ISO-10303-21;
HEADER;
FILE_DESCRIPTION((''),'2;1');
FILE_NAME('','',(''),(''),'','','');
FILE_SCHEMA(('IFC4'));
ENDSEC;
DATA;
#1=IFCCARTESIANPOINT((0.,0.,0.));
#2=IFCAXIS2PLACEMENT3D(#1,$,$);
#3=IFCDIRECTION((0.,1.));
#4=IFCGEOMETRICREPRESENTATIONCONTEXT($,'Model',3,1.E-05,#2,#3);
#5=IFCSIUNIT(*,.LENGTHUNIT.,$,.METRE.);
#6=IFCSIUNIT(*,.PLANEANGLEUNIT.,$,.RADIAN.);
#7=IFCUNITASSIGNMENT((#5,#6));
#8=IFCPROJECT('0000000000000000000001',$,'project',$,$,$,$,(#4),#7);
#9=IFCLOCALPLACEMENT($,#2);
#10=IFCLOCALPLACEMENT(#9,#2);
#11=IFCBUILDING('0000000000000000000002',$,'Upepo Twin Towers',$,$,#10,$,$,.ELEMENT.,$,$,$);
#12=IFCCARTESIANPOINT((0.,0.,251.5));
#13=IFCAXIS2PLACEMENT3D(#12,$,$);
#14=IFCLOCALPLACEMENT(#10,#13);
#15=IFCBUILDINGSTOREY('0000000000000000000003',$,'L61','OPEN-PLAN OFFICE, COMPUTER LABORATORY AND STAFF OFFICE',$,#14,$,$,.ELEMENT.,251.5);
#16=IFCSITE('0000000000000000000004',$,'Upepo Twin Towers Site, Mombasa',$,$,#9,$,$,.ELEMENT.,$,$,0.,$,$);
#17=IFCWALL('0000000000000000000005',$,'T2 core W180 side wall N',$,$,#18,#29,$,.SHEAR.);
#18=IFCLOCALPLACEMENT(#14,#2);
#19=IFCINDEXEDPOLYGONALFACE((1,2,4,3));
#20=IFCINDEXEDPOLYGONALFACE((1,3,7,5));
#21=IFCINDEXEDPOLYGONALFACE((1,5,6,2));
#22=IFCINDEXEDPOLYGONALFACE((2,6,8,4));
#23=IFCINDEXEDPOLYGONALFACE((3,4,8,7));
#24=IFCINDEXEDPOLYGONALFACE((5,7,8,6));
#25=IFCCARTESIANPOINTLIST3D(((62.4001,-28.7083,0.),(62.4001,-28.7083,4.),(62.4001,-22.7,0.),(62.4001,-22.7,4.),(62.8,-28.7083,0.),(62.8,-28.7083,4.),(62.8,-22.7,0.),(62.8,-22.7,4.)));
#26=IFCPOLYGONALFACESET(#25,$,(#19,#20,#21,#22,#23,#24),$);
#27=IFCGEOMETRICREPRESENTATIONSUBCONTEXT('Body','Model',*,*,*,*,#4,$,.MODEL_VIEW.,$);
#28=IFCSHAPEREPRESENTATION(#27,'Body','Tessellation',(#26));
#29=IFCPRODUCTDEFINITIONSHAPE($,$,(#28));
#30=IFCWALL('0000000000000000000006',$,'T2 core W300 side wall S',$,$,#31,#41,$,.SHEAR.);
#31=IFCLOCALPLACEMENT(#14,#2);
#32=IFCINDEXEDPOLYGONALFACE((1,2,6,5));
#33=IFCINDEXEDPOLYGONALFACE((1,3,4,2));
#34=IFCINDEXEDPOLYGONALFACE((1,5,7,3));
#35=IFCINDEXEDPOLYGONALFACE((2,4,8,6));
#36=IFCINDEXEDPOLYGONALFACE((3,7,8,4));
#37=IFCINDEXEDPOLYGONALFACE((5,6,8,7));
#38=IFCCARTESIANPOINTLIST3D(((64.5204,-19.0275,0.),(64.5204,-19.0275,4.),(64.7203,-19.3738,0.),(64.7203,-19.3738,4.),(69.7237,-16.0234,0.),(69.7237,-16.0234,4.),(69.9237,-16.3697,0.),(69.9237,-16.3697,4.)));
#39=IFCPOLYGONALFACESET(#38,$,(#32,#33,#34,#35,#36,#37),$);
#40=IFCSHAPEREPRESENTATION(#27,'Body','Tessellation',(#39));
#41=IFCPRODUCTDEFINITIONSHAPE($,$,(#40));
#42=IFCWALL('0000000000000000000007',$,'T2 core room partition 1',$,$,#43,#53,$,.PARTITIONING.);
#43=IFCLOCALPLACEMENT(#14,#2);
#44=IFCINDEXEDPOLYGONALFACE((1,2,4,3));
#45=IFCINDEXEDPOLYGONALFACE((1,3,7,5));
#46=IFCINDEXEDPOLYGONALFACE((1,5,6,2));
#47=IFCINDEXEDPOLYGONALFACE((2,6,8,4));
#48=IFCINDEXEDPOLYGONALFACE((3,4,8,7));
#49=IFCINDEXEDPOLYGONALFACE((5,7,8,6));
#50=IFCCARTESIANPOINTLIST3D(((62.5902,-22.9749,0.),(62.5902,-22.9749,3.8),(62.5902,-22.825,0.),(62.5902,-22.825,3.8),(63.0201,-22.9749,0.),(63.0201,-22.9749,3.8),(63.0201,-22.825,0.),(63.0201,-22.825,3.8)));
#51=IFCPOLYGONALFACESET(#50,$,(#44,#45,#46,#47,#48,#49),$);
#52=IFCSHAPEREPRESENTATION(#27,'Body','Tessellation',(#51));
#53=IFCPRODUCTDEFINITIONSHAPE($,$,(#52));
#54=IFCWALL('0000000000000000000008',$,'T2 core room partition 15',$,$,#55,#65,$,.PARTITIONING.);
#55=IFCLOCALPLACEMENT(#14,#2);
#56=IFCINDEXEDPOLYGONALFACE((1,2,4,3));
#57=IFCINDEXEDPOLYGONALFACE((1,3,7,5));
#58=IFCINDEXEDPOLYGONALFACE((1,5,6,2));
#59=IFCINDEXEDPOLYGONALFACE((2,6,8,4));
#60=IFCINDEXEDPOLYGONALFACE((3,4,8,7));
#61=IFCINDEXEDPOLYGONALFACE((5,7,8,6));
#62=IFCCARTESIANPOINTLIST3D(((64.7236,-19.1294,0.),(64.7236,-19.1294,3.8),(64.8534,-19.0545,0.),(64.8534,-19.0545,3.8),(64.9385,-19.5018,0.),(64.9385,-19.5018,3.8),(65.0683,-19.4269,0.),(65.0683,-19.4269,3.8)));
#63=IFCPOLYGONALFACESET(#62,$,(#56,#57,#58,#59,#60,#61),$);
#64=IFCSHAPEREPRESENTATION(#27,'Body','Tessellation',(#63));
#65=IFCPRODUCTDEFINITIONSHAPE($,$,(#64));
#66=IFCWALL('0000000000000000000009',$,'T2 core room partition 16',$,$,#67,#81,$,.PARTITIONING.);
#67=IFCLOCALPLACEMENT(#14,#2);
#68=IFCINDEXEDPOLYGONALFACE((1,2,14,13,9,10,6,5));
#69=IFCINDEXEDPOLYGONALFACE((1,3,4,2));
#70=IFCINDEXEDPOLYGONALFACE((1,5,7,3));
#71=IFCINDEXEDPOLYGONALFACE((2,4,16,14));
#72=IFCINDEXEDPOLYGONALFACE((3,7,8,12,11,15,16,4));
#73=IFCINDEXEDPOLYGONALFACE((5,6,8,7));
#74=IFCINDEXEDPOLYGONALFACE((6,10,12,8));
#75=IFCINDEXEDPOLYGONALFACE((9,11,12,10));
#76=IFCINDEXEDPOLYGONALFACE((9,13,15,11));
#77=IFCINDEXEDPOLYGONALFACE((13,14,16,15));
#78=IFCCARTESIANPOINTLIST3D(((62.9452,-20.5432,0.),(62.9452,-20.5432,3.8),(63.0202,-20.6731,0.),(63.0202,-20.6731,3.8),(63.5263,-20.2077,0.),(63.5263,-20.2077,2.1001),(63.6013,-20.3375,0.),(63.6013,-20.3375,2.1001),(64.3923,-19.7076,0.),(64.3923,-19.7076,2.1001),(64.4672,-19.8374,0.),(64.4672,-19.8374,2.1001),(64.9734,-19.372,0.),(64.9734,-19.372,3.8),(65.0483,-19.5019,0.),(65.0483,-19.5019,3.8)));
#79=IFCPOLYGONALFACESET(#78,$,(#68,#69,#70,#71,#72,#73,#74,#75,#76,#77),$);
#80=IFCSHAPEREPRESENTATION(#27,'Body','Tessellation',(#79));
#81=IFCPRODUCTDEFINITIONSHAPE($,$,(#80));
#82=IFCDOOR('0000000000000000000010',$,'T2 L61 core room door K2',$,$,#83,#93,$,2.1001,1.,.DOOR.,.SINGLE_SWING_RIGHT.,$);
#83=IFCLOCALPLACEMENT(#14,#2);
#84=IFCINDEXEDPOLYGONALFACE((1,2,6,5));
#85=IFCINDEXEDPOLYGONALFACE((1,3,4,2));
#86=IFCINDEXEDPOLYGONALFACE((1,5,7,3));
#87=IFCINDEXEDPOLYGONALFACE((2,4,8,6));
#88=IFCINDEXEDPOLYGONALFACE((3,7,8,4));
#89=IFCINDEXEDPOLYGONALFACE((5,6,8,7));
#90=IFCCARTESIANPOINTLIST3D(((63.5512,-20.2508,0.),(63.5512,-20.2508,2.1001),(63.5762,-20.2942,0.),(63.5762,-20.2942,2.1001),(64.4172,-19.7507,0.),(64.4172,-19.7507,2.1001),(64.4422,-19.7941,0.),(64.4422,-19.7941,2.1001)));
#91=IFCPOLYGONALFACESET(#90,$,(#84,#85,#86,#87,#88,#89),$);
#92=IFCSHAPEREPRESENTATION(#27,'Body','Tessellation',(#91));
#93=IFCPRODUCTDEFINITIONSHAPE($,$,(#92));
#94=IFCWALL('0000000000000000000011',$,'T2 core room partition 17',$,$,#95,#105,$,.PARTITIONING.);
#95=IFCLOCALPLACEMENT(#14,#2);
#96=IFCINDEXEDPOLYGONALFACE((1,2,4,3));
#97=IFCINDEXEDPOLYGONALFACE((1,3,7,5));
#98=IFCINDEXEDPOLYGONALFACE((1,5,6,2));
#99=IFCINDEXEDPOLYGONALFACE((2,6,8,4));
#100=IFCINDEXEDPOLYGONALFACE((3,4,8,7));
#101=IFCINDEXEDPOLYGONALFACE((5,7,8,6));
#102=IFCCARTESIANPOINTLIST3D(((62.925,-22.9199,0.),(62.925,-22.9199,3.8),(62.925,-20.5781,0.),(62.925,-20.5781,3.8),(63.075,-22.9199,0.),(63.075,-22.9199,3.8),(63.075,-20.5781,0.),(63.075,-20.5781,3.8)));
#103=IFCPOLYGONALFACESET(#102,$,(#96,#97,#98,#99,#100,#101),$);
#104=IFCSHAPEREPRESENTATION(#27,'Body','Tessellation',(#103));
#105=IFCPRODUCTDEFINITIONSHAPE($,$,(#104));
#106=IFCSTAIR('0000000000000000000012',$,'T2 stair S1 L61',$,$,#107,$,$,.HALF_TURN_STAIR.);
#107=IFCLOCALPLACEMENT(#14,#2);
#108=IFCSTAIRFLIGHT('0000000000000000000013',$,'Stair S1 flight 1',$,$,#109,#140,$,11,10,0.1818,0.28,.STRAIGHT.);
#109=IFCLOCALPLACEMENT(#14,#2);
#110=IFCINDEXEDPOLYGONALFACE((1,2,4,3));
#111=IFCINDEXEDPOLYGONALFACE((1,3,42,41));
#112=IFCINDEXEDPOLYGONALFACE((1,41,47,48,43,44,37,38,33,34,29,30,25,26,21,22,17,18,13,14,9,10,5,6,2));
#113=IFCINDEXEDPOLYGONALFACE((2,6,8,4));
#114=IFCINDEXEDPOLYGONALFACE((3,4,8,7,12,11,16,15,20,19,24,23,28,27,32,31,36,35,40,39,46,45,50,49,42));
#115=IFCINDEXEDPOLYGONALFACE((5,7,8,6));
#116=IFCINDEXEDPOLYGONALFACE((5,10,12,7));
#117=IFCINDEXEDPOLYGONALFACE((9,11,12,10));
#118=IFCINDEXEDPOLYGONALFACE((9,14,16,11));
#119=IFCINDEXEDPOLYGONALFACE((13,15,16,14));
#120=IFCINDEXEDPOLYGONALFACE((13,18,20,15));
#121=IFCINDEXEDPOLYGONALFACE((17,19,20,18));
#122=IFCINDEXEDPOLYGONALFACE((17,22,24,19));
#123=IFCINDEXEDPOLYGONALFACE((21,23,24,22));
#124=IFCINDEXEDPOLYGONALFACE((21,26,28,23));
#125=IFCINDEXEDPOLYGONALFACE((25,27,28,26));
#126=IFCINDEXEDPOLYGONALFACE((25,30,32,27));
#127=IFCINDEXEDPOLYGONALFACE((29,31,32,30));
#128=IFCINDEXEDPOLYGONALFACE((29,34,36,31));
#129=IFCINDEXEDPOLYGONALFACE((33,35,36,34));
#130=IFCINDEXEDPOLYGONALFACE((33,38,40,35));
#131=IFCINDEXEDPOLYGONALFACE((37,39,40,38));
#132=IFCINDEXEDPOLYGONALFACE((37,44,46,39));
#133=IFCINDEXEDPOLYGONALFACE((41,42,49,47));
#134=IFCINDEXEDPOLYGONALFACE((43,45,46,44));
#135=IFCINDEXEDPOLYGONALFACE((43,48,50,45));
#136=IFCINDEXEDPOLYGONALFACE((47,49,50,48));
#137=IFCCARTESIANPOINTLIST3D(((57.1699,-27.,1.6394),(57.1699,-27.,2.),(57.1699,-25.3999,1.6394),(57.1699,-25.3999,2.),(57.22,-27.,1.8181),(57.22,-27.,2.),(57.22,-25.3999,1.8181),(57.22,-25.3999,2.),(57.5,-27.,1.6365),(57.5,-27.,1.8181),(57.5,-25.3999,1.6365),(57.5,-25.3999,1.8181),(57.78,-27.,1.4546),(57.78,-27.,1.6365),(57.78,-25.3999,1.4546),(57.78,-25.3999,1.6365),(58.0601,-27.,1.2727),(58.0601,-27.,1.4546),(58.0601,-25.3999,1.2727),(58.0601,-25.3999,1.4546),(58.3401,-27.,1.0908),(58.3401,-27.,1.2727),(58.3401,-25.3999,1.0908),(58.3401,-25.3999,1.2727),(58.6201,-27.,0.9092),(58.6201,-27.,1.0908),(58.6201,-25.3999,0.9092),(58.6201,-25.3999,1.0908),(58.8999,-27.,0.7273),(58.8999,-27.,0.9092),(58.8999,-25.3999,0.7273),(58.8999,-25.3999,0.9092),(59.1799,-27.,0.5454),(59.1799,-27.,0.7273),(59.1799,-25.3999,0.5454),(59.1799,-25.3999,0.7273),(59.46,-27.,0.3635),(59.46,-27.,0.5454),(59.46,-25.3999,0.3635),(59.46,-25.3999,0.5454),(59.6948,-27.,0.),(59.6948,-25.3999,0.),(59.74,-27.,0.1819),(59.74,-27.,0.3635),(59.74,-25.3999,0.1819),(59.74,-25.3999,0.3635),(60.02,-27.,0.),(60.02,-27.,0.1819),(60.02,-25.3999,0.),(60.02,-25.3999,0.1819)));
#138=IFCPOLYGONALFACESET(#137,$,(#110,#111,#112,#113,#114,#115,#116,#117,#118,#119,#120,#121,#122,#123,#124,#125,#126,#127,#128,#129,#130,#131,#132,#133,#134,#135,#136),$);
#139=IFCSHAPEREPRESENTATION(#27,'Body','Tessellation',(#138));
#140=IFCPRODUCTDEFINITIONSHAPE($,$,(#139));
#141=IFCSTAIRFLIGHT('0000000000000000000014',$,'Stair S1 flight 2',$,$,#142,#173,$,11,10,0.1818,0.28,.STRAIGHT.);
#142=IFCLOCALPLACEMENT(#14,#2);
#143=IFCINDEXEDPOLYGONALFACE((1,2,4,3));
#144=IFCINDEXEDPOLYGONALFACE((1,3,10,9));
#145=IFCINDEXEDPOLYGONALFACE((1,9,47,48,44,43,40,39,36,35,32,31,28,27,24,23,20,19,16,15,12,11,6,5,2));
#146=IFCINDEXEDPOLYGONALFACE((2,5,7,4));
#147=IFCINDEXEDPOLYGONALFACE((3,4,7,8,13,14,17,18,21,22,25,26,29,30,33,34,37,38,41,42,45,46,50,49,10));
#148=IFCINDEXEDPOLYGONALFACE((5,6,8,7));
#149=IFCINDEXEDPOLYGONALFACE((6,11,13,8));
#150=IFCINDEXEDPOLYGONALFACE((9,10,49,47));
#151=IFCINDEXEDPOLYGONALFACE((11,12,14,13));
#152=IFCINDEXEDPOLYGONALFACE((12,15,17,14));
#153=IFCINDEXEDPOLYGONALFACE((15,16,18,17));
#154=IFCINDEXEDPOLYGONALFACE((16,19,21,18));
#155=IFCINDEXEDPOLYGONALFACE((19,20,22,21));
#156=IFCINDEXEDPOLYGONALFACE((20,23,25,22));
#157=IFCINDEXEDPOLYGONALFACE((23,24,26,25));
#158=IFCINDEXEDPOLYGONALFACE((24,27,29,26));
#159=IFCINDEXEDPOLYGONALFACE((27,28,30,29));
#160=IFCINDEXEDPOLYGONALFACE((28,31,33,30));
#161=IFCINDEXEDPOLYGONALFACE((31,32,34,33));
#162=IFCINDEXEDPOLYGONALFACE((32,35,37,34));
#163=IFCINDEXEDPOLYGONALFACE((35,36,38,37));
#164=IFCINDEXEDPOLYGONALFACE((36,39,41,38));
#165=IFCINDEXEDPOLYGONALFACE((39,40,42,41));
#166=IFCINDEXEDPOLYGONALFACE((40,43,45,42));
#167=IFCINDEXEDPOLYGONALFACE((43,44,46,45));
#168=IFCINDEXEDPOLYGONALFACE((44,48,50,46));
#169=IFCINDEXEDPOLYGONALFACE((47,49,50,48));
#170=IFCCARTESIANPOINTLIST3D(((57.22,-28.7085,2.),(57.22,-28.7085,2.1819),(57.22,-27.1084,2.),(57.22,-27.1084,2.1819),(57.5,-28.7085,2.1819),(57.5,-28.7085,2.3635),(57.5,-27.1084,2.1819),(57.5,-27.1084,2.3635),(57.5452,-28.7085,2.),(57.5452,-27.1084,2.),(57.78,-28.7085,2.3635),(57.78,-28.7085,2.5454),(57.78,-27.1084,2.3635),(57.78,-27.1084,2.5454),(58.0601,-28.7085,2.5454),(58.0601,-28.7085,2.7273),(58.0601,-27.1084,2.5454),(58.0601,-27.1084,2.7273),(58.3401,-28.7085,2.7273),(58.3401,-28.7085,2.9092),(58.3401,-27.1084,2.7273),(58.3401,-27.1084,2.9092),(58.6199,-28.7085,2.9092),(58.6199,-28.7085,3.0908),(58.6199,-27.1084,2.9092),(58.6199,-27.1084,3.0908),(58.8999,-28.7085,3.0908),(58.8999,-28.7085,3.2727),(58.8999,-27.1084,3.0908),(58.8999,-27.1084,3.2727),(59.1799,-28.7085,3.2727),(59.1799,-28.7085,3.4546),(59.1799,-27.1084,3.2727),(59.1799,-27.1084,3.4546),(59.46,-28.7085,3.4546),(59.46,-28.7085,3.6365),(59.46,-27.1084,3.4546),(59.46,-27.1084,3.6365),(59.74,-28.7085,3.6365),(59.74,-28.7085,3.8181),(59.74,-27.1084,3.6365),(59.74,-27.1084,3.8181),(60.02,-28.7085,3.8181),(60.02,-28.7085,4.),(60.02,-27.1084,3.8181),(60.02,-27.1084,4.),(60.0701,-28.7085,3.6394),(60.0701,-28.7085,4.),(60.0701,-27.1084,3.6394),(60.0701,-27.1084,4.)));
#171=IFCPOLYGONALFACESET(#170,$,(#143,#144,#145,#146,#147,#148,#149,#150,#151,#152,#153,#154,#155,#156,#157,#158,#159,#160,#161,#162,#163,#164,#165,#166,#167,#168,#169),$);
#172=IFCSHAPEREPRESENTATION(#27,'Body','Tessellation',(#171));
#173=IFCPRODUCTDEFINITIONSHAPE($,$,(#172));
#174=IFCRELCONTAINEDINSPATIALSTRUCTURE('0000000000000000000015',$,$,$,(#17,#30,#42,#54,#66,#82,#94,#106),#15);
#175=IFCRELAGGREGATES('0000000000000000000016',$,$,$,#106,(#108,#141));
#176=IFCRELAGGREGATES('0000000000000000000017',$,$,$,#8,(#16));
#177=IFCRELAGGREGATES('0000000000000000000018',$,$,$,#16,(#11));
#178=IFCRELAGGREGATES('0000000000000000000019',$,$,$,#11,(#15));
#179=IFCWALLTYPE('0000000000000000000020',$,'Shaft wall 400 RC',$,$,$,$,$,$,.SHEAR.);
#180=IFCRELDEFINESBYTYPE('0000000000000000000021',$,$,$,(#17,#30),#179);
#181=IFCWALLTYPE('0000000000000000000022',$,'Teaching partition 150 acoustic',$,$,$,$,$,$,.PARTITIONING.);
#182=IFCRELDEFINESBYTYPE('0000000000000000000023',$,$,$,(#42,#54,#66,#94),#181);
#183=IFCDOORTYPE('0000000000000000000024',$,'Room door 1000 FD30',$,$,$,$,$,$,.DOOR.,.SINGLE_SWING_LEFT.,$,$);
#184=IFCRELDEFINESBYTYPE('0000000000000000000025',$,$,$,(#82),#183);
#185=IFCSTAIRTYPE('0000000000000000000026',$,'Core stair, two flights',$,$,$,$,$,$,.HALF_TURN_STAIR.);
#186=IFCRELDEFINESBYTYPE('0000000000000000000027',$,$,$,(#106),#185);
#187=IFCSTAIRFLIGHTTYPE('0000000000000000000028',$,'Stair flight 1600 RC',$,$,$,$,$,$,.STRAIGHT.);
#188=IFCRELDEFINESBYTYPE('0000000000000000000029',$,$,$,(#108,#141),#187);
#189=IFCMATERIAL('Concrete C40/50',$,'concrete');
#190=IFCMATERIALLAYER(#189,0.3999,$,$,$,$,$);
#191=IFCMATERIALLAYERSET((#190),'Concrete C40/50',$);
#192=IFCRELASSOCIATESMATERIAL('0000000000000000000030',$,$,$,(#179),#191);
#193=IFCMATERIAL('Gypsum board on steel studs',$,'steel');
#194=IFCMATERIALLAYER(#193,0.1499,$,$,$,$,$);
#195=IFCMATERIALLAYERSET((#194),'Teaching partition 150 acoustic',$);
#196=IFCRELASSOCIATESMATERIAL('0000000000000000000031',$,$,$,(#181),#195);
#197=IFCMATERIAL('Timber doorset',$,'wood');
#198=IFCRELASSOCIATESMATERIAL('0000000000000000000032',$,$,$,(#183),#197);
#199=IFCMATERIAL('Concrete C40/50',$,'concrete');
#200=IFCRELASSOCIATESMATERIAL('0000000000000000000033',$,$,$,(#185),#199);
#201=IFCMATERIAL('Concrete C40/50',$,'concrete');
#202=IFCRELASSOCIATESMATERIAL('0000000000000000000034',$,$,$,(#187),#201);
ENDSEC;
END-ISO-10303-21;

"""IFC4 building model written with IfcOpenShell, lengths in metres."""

from ifc_helpers import new_model, si_unit, direction, frame, frame_2d, origin, place, context, subcontext, project, spatial, polyline, rectangle, outline, extrude, material, layer, layer_set, type_object, element, fill, aggregate, save


model = new_model("IFC4")

# Units and contexts
model_context = context("Model", 3, precision=1e-05, world=origin(), true_north=direction((0.0, 1.0)))
body_context = subcontext(model_context, "Body", "Model", "MODEL_VIEW")
ifc_project = project(units=[si_unit("LENGTHUNIT", "METRE"), si_unit("PLANEANGLEUNIT", "RADIAN")], contexts=[model_context])

# Site, building, storey
site_placement = place(None, origin())
site = spatial("IfcSite", under=ifc_project, at=site_placement, Name="Upepo Twin Towers Site, Mombasa", CompositionType="ELEMENT", RefElevation=0.0)
building_placement = place(site_placement, origin())
building = spatial("IfcBuilding", under=site, at=building_placement, Name="Upepo Twin Towers", CompositionType="ELEMENT")
storey_placement = place(building_placement, frame((0.0, 0.0, 251.5)))
storey = spatial("IfcBuildingStorey", under=building, at=storey_placement, Name="L61", Description="OPEN-PLAN OFFICE, COMPUTER LABORATORY AND STAFF OFFICE", CompositionType="ELEMENT", Elevation=251.5)

# Walls
ifc_material_1 = material(Name="Concrete C40/50", Category="concrete")
ifc_layer_1 = layer(ifc_material_1, 0.3999)
ifc_layer_set_1 = layer_set([ifc_layer_1], Name="Concrete C40/50")
wall_type_1 = type_object("IfcWallType", Name="Shaft wall 400 RC", PredefinedType="SHEAR", material=ifc_layer_set_1)
for number, where, z_axis, x_axis, name in (
    (1, (62.6001, -22.7, 0.0), (0.0, 0.0, 1.0), (0.0, -1.0, 0.0), "T2 core W180 side wall N"),
    (2, (64.6204, -19.2007, 0.0), (0.0, 0.0, 1.0), (0.866027, 0.499998, 0.0), "T2 core W300 side wall S"),
):
    element("IfcWall", number, at=place(storey_placement, frame(where, z_axis=z_axis, x_axis=x_axis)), inside=storey, type_object=wall_type_1, Name=name, PredefinedType="SHEAR", context=body_context, shape_type="SweptSolid", body=[
        extrude(rectangle(XDim=6.0083, YDim=0.3999, at=frame_2d((3.0042, 0.0))), origin(), (0.0, 0.0, 1.0), 4.0),
    ])
ifc_material_2 = material(Name="Gypsum board on steel studs", Category="steel")
ifc_layer_2 = layer(ifc_material_2, 0.1499)
ifc_layer_set_2 = layer_set([ifc_layer_2], Name="Teaching partition 150 acoustic")
wall_type_2 = type_object("IfcWallType", Name="Teaching partition 150 acoustic", PredefinedType="PARTITIONING", material=ifc_layer_set_2)
for number, where, z_axis, x_axis, name in (
    (3, (63.02, -22.8999, 0.0), (0.0, 0.0, 1.0), (-1.0, 0.0, 0.0), "T2 core room partition 1"),
    (4, (64.7886, -19.092, 0.0), (0.0, 0.0, 1.0), (0.499804, -0.866138, 0.0), "T2 core room partition 15"),
):
    element("IfcWall", number, at=place(storey_placement, frame(where, z_axis=z_axis, x_axis=x_axis)), inside=storey, type_object=wall_type_2, Name=name, PredefinedType="PARTITIONING", context=body_context, shape_type="SweptSolid", body=[
        extrude(rectangle(XDim=0.4299, YDim=0.1499, at=frame_2d((0.2148, 0.0))), origin(), (0.0, 0.0, 1.0), 3.8),
    ])

# Wall, opening, door
wall_1_placement = place(storey_placement, frame((65.0107, -19.437, 0.0), z_axis=(0.0, 0.0, 1.0), x_axis=(-0.865982, -0.500074, 0.0)))
wall_1 = element("IfcWall", 5, at=wall_1_placement, inside=storey, type_object=wall_type_2, Name="T2 core room partition 16", PredefinedType="PARTITIONING", context=body_context, shape_type="SweptSolid", body=[
    extrude(rectangle(XDim=2.342, YDim=0.1499, at=frame_2d((1.1709, 0.0))), origin(), (0.0, 0.0, 1.0), 3.8),
])
opening_1_placement = place(wall_1_placement, frame((0.6709, 0.0, 0.0)))
opening_1 = element("IfcOpeningElement", 6, at=opening_1_placement, cuts=wall_1, PredefinedType="OPENING", context=body_context, shape_type="SweptSolid", body=[
    extrude(rectangle(XDim=1.0, YDim=2.1001, at=frame_2d((0.5, 1.05))), frame((0.0, 0.085, 0.0), z_axis=(0.0, -1.0, 0.0), x_axis=(1.0, 0.0, 0.0)), (0.0, 0.0, 1.0), 0.1699),
])
ifc_material_3 = material(Name="Timber doorset", Category="wood")
door_type_1 = type_object("IfcDoorType", Name="Room door 1000 FD30", OperationType="SINGLE_SWING_LEFT", PredefinedType="DOOR", material=ifc_material_3)
door_1_placement = place(opening_1_placement, origin())
door_1 = element("IfcDoor", 7, at=door_1_placement, inside=storey, type_object=door_type_1, Name="T2 L61 core room door K2", OperationType="SINGLE_SWING_RIGHT", OverallHeight=2.1001, OverallWidth=1.0, PredefinedType="DOOR", context=body_context, shape_type="SweptSolid", body=[
    extrude(rectangle(XDim=1.0, YDim=2.1001, at=frame_2d((0.5, 1.05))), frame((0.0, 0.0249, 0.0), z_axis=(0.0, -1.0, 0.0), x_axis=(1.0, 0.0, 0.0)), (0.0, 0.0, 1.0), 0.05),
])
fill(opening_1, door_1)

# Wall
wall_2_placement = place(storey_placement, frame((63.0, -20.5781, 0.0), z_axis=(0.0, 0.0, 1.0), x_axis=(0.0, -1.0, 0.0)))
element("IfcWall", 8, at=wall_2_placement, inside=storey, type_object=wall_type_2, Name="T2 core room partition 17", PredefinedType="PARTITIONING", context=body_context, shape_type="SweptSolid", body=[
    extrude(rectangle(XDim=2.3418, YDim=0.1499, at=frame_2d((1.1709, 0.0))), origin(), (0.0, 0.0, 1.0), 3.8),
])

# Stair, stair flights
ifc_material_4 = material(Name="Concrete C40/50", Category="concrete")
stair_type = type_object("IfcStairType", Name="Core stair, two flights", PredefinedType="HALF_TURN_STAIR", material=ifc_material_4)
stair_placement = place(storey_placement, origin())
stair = element("IfcStair", 9, at=stair_placement, inside=storey, type_object=stair_type, Name="T2 stair S1 L61", PredefinedType="HALF_TURN_STAIR")
ifc_material_5 = material(Name="Concrete C40/50", Category="concrete")
stair_flight_type = type_object("IfcStairFlightType", Name="Stair flight 1600 RC", PredefinedType="STRAIGHT", material=ifc_material_5)
stair_flight_1_placement = place(storey_placement, frame((60.02, -26.2, 0.0), z_axis=(0.0, 0.0, 1.0), x_axis=(-1.0, 0.0, 0.0)))
stair_flight_1 = element("IfcStairFlight", 10, at=stair_flight_1_placement, type_object=stair_flight_type, Name="Stair S1 flight 1", NumberOfRisers=11, NumberOfTreads=10, PredefinedType="STRAIGHT", RiserHeight=0.1818, TreadLength=0.28, context=body_context, shape_type="SweptSolid", body=[
    extrude(outline(polyline([(0.0, 0.0), (0.0, 0.1819), (0.28, 0.1819), (0.28, 0.3635), (0.5601, 0.3635), (0.5601, 0.5454), (0.8401, 0.5454), (0.8401, 0.7273), (1.1201, 0.7273), (1.1201, 0.9092), (1.3999, 0.9092), (1.3999, 1.0908), (1.6799, 1.0908), (1.6799, 1.2727), (1.96, 1.2727), (1.96, 1.4546), (2.24, 1.4546), (2.24, 1.6365), (2.52, 1.6365), (2.52, 1.8181), (2.8, 1.8181), (2.8, 2.0), (2.8501, 2.0), (2.8501, 1.6394), (0.3252, 0.0), (0.0, 0.0)])), frame((0.0, 0.8, 0.0), z_axis=(0.0, -1.0, 0.0), x_axis=(1.0, 0.0, 0.0)), (0.0, 0.0, 1.0), 1.6001),
])
stair_flight_2_placement = place(storey_placement, frame((57.22, -27.9084, 2.0), z_axis=(0.0, 0.0, 1.0), x_axis=(1.0, 0.0, 0.0)))
stair_flight_2 = element("IfcStairFlight", 11, at=stair_flight_2_placement, type_object=stair_flight_type, Name="Stair S1 flight 2", NumberOfRisers=11, NumberOfTreads=10, PredefinedType="STRAIGHT", RiserHeight=0.1818, TreadLength=0.28, context=body_context, shape_type="SweptSolid", body=[
    extrude(outline(polyline([(0.0, 0.0), (0.0, 0.1819), (0.28, 0.1819), (0.28, 0.3635), (0.5601, 0.3635), (0.5601, 0.5454), (0.8401, 0.5454), (0.8401, 0.7273), (1.1201, 0.7273), (1.1201, 0.9092), (1.3999, 0.9092), (1.3999, 1.0908), (1.6799, 1.0908), (1.6799, 1.2727), (1.96, 1.2727), (1.96, 1.4546), (2.24, 1.4546), (2.24, 1.6365), (2.52, 1.6365), (2.52, 1.8181), (2.8, 1.8181), (2.8, 2.0), (2.8501, 2.0), (2.8501, 1.6394), (0.3252, 0.0), (0.0, 0.0)])), frame((0.0, 0.8, 0.0), z_axis=(0.0, -1.0, 0.0), x_axis=(1.0, 0.0, 0.0)), (0.0, 0.0, 1.0), 1.6001),
])
aggregate(stair, [stair_flight_1, stair_flight_2])

save(model, "model.ifc")
